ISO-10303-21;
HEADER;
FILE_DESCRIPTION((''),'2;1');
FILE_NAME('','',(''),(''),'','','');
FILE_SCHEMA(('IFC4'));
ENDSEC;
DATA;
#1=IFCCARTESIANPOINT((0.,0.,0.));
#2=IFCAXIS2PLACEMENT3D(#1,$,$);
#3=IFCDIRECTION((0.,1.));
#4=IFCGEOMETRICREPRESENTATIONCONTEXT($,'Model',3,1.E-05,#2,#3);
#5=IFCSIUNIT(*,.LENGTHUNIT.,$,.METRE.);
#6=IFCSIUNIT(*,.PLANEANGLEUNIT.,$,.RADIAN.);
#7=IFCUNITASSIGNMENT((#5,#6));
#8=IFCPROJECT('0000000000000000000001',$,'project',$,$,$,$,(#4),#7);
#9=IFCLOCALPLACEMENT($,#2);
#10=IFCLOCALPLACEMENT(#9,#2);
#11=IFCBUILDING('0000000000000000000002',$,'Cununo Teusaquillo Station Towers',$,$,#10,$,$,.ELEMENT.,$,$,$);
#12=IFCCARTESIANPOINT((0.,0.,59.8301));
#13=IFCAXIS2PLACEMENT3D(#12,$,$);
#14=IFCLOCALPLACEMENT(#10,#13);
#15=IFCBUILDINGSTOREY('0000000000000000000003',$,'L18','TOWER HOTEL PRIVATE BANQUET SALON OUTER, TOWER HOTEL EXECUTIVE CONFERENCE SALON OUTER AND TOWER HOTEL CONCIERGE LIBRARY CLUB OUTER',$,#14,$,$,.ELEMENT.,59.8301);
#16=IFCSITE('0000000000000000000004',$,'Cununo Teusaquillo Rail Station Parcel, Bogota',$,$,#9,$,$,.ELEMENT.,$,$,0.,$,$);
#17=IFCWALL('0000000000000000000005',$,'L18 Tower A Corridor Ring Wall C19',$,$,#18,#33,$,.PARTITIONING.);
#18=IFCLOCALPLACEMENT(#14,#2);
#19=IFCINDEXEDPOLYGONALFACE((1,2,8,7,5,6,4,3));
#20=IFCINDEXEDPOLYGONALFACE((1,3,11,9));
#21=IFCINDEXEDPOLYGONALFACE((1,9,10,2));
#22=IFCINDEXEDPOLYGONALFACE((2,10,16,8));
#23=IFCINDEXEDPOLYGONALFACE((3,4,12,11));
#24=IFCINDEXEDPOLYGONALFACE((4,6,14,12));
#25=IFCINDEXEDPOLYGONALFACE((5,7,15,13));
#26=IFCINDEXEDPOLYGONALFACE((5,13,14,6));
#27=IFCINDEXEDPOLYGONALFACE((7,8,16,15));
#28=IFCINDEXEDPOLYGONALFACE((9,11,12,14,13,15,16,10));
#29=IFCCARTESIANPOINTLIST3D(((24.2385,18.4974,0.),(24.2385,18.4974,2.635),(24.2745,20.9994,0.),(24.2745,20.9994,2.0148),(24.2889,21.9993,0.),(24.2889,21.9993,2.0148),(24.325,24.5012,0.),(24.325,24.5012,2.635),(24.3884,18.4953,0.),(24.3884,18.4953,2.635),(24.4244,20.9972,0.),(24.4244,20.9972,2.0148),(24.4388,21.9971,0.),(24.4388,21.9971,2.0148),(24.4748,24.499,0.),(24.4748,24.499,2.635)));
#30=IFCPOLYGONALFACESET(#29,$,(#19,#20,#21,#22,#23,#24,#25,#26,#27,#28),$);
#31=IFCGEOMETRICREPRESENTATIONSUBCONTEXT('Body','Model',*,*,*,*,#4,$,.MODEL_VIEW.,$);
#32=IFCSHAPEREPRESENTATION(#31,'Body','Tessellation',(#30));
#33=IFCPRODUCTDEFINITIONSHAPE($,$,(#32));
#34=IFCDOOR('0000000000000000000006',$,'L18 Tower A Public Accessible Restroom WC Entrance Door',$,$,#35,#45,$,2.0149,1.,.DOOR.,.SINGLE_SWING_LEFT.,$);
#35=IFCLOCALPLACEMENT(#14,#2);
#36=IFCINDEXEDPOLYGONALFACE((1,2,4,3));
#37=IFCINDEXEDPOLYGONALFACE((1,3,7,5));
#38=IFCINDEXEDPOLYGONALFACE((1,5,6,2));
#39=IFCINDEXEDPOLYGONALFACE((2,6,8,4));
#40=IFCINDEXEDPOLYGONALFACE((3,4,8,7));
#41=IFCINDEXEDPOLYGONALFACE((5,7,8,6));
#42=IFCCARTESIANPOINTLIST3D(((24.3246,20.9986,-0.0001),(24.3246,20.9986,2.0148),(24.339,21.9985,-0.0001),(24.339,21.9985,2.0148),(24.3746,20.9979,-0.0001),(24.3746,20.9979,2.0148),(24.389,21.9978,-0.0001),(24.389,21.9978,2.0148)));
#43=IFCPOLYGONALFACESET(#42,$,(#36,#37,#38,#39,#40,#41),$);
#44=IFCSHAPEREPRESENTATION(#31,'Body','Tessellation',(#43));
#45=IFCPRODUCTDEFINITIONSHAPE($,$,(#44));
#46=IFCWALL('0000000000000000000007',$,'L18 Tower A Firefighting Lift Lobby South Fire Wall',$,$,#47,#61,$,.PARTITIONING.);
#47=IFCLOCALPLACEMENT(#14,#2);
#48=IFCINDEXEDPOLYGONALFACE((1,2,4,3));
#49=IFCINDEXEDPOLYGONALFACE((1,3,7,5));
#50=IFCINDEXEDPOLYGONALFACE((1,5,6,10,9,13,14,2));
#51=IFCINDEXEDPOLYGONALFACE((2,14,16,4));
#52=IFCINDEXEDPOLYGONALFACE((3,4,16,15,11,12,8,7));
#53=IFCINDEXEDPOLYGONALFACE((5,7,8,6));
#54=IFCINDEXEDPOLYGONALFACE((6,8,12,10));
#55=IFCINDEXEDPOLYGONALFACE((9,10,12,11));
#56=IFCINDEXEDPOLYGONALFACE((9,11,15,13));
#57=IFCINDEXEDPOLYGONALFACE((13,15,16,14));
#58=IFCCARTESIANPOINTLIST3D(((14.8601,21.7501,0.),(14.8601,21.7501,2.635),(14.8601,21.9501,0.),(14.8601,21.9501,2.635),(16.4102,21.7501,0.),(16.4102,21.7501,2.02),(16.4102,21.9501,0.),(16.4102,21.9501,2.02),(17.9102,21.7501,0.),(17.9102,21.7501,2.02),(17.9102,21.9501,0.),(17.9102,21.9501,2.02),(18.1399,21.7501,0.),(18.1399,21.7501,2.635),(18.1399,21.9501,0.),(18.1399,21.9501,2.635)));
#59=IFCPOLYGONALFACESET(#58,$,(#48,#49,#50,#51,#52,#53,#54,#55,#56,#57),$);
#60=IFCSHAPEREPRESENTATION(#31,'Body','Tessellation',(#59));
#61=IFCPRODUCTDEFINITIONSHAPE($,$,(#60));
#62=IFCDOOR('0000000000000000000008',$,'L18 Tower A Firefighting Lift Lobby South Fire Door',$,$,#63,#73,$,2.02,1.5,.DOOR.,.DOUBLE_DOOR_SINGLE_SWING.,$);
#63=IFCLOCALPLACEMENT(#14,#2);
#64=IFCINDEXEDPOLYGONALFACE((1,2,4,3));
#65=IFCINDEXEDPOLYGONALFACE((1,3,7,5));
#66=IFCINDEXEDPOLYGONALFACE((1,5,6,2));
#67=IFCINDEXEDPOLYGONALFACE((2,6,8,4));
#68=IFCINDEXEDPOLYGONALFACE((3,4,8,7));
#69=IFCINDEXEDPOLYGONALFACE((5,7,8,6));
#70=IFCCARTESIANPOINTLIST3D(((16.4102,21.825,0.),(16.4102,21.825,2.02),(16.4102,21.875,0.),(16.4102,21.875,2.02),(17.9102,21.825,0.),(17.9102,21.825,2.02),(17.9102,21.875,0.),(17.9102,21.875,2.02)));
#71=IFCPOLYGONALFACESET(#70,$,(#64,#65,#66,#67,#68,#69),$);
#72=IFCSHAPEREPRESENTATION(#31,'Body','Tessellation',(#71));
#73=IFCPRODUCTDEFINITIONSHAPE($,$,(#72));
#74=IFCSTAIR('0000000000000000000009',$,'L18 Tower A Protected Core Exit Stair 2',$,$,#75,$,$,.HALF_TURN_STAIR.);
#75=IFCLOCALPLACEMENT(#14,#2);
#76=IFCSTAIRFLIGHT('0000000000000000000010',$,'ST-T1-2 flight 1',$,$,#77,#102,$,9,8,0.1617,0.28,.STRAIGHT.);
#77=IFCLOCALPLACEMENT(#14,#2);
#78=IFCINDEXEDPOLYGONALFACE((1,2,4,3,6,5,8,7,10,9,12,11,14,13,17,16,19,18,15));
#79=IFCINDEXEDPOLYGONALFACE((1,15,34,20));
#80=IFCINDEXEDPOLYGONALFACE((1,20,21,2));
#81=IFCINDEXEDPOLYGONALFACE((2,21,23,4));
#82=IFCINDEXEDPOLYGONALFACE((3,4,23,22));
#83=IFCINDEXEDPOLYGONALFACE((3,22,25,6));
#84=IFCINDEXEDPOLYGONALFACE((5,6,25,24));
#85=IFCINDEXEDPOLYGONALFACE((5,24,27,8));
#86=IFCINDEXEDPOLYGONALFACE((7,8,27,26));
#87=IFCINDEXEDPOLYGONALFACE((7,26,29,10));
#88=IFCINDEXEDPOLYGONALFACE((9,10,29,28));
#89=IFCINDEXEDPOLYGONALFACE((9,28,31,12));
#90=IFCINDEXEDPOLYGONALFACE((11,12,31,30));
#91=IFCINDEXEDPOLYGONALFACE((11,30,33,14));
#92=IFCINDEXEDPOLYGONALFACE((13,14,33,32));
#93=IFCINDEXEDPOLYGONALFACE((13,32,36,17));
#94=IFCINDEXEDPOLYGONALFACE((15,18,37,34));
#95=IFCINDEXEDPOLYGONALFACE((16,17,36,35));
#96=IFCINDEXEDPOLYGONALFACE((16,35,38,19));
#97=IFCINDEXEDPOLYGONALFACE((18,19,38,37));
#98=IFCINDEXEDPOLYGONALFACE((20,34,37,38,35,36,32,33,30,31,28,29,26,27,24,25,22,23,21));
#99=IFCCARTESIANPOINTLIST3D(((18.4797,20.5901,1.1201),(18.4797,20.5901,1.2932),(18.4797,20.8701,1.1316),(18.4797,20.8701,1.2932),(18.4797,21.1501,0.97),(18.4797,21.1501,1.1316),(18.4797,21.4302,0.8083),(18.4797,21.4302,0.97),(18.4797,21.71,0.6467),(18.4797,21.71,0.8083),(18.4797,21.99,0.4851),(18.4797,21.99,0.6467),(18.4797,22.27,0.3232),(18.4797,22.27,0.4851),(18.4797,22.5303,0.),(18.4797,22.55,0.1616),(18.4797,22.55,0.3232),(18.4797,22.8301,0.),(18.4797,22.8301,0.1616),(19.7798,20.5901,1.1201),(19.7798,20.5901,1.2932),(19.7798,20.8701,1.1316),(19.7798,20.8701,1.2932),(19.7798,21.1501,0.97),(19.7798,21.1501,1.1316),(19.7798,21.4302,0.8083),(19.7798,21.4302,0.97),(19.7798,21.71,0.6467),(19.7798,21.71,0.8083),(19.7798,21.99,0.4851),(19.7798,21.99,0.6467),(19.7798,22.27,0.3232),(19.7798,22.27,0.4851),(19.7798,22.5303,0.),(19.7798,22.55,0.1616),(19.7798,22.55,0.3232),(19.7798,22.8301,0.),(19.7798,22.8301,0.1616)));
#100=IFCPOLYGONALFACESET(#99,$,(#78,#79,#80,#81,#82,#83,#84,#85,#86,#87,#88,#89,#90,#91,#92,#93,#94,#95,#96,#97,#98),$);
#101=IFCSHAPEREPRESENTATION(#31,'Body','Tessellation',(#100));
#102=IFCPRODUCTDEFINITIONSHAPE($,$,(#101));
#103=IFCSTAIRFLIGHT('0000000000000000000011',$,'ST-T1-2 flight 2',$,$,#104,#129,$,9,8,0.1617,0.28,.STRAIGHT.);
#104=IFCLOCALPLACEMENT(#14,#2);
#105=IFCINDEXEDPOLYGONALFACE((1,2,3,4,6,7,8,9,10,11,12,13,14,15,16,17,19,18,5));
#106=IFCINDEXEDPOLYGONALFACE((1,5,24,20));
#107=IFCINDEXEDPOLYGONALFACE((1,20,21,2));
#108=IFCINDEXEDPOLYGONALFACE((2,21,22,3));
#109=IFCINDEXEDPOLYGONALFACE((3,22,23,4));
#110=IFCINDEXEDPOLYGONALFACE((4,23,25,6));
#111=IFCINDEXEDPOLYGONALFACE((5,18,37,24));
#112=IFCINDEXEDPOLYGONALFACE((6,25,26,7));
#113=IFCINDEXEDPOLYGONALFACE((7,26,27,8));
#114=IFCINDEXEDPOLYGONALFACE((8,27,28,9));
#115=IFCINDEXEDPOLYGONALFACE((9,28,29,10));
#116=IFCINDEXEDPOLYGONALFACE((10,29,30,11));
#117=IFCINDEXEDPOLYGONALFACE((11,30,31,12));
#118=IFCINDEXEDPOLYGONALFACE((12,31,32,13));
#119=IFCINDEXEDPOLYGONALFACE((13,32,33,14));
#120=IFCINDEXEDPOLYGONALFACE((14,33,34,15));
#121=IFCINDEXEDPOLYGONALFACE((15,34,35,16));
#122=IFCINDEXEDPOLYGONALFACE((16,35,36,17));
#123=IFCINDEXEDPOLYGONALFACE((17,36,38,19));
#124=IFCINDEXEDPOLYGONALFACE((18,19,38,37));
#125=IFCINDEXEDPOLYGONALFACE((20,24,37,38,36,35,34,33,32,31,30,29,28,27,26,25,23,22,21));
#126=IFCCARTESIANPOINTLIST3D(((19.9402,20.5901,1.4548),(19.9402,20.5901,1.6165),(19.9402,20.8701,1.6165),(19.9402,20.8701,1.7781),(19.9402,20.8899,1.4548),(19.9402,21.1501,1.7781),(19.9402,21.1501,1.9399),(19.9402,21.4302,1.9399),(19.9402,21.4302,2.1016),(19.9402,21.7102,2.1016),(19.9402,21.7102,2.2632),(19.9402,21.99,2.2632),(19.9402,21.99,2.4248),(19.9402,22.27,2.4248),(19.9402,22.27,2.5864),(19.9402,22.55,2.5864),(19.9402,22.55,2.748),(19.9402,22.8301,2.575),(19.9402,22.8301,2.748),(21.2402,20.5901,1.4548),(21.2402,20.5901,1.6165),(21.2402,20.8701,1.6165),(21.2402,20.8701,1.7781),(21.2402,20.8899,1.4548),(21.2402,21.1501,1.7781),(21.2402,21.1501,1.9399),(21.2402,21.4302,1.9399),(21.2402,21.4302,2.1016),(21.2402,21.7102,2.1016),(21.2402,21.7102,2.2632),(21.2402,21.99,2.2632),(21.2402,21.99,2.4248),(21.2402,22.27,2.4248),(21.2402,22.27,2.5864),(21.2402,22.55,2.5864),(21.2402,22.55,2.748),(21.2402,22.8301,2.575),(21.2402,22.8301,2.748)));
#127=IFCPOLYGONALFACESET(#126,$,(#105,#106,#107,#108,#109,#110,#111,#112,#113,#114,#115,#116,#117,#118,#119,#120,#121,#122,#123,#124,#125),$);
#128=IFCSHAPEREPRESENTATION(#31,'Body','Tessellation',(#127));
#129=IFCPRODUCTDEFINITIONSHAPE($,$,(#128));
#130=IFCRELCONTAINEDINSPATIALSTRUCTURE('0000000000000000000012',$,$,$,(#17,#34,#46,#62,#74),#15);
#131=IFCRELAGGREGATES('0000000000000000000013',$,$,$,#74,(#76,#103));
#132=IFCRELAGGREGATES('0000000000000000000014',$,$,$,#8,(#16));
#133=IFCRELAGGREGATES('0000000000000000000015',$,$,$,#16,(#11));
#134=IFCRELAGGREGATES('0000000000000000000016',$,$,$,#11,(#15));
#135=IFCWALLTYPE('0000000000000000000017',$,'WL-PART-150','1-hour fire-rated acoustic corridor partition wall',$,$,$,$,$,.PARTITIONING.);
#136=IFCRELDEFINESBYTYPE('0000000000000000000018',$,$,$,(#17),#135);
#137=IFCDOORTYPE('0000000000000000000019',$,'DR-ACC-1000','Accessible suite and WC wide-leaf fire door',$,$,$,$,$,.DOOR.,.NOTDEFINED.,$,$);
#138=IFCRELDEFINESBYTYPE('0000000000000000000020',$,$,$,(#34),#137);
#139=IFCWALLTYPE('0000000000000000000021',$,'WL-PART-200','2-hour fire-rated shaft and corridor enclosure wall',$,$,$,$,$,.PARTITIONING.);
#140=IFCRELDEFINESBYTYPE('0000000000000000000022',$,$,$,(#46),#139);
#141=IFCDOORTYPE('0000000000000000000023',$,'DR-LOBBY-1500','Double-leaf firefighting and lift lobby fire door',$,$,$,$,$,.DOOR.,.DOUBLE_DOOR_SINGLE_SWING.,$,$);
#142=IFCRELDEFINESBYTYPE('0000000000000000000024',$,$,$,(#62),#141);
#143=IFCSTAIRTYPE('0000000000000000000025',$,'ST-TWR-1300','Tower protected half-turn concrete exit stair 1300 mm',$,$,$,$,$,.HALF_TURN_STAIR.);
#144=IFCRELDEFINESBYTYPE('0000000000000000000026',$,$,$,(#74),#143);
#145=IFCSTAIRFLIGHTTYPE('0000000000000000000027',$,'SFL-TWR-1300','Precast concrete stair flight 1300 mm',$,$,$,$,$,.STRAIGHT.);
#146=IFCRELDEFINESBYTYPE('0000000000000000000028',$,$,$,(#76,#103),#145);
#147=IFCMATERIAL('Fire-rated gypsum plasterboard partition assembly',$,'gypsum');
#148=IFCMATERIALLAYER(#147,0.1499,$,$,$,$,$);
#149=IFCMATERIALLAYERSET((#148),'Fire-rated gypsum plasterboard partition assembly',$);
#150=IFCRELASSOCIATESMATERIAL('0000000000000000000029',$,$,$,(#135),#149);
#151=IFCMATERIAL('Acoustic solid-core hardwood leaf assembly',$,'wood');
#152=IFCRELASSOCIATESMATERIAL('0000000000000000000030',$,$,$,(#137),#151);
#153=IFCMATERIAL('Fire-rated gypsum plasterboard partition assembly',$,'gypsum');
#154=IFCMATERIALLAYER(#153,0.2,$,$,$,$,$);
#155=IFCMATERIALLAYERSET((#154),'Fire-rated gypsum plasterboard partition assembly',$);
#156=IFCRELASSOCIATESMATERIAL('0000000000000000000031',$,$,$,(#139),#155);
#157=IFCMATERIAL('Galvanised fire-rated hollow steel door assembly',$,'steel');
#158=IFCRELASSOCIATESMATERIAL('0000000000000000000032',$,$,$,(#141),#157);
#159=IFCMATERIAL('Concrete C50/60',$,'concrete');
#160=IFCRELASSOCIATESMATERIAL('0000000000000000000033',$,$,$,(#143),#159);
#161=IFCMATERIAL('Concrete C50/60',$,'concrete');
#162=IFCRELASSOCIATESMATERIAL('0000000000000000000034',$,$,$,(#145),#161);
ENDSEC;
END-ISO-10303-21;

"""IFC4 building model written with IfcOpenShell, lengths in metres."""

from ifc_helpers import new_model, si_unit, direction, frame, frame_2d, origin, place, context, subcontext, project, spatial, polyline, rectangle, outline, extrude, source, transform, mapped, material, layer, layer_set, type_object, element, fill, aggregate, save


model = new_model("IFC4")

# Units and contexts
model_context = context("Model", 3, precision=1e-05, world=origin(), true_north=direction((0.0, 1.0)))
body_context = subcontext(model_context, "Body", "Model", "MODEL_VIEW")
ifc_project = project(units=[si_unit("LENGTHUNIT", "METRE"), si_unit("PLANEANGLEUNIT", "RADIAN")], contexts=[model_context])

# Site, building, storey
site_placement = place(None, origin())
site = spatial("IfcSite", under=ifc_project, at=site_placement, Name="Cununo Teusaquillo Rail Station Parcel, Bogota", CompositionType="ELEMENT", RefElevation=0.0)
building_placement = place(site_placement, origin())
building = spatial("IfcBuilding", under=site, at=building_placement, Name="Cununo Teusaquillo Station Towers", CompositionType="ELEMENT")
storey_placement = place(building_placement, frame((0.0, 0.0, 59.8301)))
storey = spatial("IfcBuildingStorey", under=building, at=storey_placement, Name="L18", Description="TOWER HOTEL PRIVATE BANQUET SALON OUTER, TOWER HOTEL EXECUTIVE CONFERENCE SALON OUTER AND TOWER HOTEL CONCIERGE LIBRARY CLUB OUTER", CompositionType="ELEMENT", Elevation=59.8301)

# Walls, openings, doors
ifc_material_1 = material(Name="Fire-rated gypsum plasterboard partition assembly", Category="gypsum")
ifc_layer_1 = layer(ifc_material_1, 0.1499)
ifc_layer_set_1 = layer_set([ifc_layer_1], Name="Fire-rated gypsum plasterboard partition assembly")
wall_type_1 = type_object("IfcWallType", Name="WL-PART-150", Description="1-hour fire-rated acoustic corridor partition wall", PredefinedType="PARTITIONING", material=ifc_layer_set_1)
wall_1_placement = place(storey_placement, frame((24.3135, 18.4963, 0.0), z_axis=(0.0, 0.0, 1.0), x_axis=(0.014394, 0.999896, 0.0)))
wall_1 = element("IfcWall", 1, at=wall_1_placement, inside=storey, type_object=wall_type_1, Name="L18 Tower A Corridor Ring Wall C19", PredefinedType="PARTITIONING", context=body_context, shape_type="SweptSolid", body=[
    extrude(rectangle(XDim=6.0044, YDim=0.1499, at=frame_2d((3.0022, 0.0))), origin(), (0.0, 0.0, 1.0), 2.635),
])
shared_shape_1 = source(origin(), body_context, "Body", "SweptSolid", [
    extrude(rectangle(XDim=1.0, YDim=2.0149, at=frame_2d((0.5, 1.0073))), frame((0.0, 0.085, 0.0), z_axis=(0.0, -1.0, 0.0), x_axis=(1.0, 0.0, 0.0)), (0.0, 0.0, 1.0), 0.1699),
])
opening_1_placement = place(wall_1_placement, frame((2.5022, 0.0, 0.0)))
opening_1 = element("IfcOpeningElement", 2, at=opening_1_placement, cuts=wall_1, PredefinedType="OPENING", context=body_context, shape_type="MappedRepresentation", body=[
    mapped(shared_shape_1, transform((0.0, 0.0, 0.0), x_axis=(1.0, 0.0, 0.0), y_axis=(0.0, 1.0, 0.0), z_axis=(0.0, 0.0, 1.0), scale=1.0)),
])
ifc_material_2 = material(Name="Acoustic solid-core hardwood leaf assembly", Category="wood")
door_type_1 = type_object("IfcDoorType", Name="DR-ACC-1000", Description="Accessible suite and WC wide-leaf fire door", OperationType="NOTDEFINED", PredefinedType="DOOR", material=ifc_material_2)
shared_shape_2 = source(origin(), body_context, "Body", "SweptSolid", [
    extrude(rectangle(XDim=1.0, YDim=2.0149, at=frame_2d((0.5, 1.0073))), frame((0.0, 0.0249, 0.0), z_axis=(0.0, -1.0, 0.0), x_axis=(1.0, 0.0, 0.0)), (0.0, 0.0, 1.0), 0.05),
])
door_1_placement = place(opening_1_placement, origin())
door_1 = element("IfcDoor", 3, at=door_1_placement, inside=storey, type_object=door_type_1, Name="L18 Tower A Public Accessible Restroom WC Entrance Door", OperationType="SINGLE_SWING_LEFT", OverallHeight=2.0149, OverallWidth=1.0, PredefinedType="DOOR", context=body_context, shape_type="MappedRepresentation", body=[
    mapped(shared_shape_2, transform((0.0, 0.0, 0.0), x_axis=(1.0, 0.0, 0.0), y_axis=(0.0, 1.0, 0.0), z_axis=(0.0, 0.0, 1.0), scale=1.0)),
])
fill(opening_1, door_1)
ifc_material_3 = material(Name="Fire-rated gypsum plasterboard partition assembly", Category="gypsum")
ifc_layer_2 = layer(ifc_material_3, 0.2)
ifc_layer_set_2 = layer_set([ifc_layer_2], Name="Fire-rated gypsum plasterboard partition assembly")
wall_type_2 = type_object("IfcWallType", Name="WL-PART-200", Description="2-hour fire-rated shaft and corridor enclosure wall", PredefinedType="PARTITIONING", material=ifc_layer_set_2)
wall_2_placement = place(storey_placement, frame((14.8601, 21.8501, 0.0), z_axis=(0.0, 0.0, 1.0), x_axis=(1.0, 0.0, 0.0)))
wall_2 = element("IfcWall", 4, at=wall_2_placement, inside=storey, type_object=wall_type_2, Name="L18 Tower A Firefighting Lift Lobby South Fire Wall", PredefinedType="PARTITIONING", context=body_context, shape_type="SweptSolid", body=[
    extrude(rectangle(XDim=3.2798, YDim=0.2, at=frame_2d((1.6399, 0.0))), origin(), (0.0, 0.0, 1.0), 2.635),
])
shared_shape_3 = source(origin(), body_context, "Body", "SweptSolid", [
    extrude(rectangle(XDim=1.5, YDim=2.02, at=frame_2d((0.75, 1.01))), frame((0.0, 0.1099, 0.0), z_axis=(0.0, -1.0, 0.0), x_axis=(1.0, 0.0, 0.0)), (0.0, 0.0, 1.0), 0.22),
])
opening_2_placement = place(wall_2_placement, frame((1.55, 0.0, 0.0)))
opening_2 = element("IfcOpeningElement", 5, at=opening_2_placement, cuts=wall_2, PredefinedType="OPENING", context=body_context, shape_type="MappedRepresentation", body=[
    mapped(shared_shape_3, transform((0.0, 0.0, 0.0), x_axis=(1.0, 0.0, 0.0), y_axis=(0.0, 1.0, 0.0), z_axis=(0.0, 0.0, 1.0), scale=1.0)),
])
ifc_material_4 = material(Name="Galvanised fire-rated hollow steel door assembly", Category="steel")
door_type_2 = type_object("IfcDoorType", Name="DR-LOBBY-1500", Description="Double-leaf firefighting and lift lobby fire door", OperationType="DOUBLE_DOOR_SINGLE_SWING", PredefinedType="DOOR", material=ifc_material_4)
shared_shape_4 = source(origin(), body_context, "Body", "SweptSolid", [
    extrude(rectangle(XDim=1.5, YDim=2.02, at=frame_2d((0.75, 1.01))), frame((0.0, 0.0249, 0.0), z_axis=(0.0, -1.0, 0.0), x_axis=(1.0, 0.0, 0.0)), (0.0, 0.0, 1.0), 0.05),
])
door_2_placement = place(opening_2_placement, origin())
door_2 = element("IfcDoor", 6, at=door_2_placement, inside=storey, type_object=door_type_2, Name="L18 Tower A Firefighting Lift Lobby South Fire Door", OperationType="DOUBLE_DOOR_SINGLE_SWING", OverallHeight=2.02, OverallWidth=1.5, PredefinedType="DOOR", context=body_context, shape_type="MappedRepresentation", body=[
    mapped(shared_shape_4, transform((0.0, 0.0, 0.0), x_axis=(1.0, 0.0, 0.0), y_axis=(0.0, 1.0, 0.0), z_axis=(0.0, 0.0, 1.0), scale=1.0)),
])
fill(opening_2, door_2)

# Stair, stair flights
ifc_material_5 = material(Name="Concrete C50/60", Category="concrete")
stair_type = type_object("IfcStairType", Name="ST-TWR-1300", Description="Tower protected half-turn concrete exit stair 1300 mm", PredefinedType="HALF_TURN_STAIR", material=ifc_material_5)
stair_placement = place(storey_placement, origin())
stair = element("IfcStair", 7, at=stair_placement, inside=storey, type_object=stair_type, Name="L18 Tower A Protected Core Exit Stair 2", PredefinedType="HALF_TURN_STAIR")
ifc_material_6 = material(Name="Concrete C50/60", Category="concrete")
stair_flight_type = type_object("IfcStairFlightType", Name="SFL-TWR-1300", Description="Precast concrete stair flight 1300 mm", PredefinedType="STRAIGHT", material=ifc_material_6)
stair_flight_1_placement = place(storey_placement, frame((19.1299, 22.8301, 0.0), z_axis=(0.0, 0.0, 1.0), x_axis=(0.0, -1.0, 0.0)))
stair_flight_1 = element("IfcStairFlight", 8, at=stair_flight_1_placement, type_object=stair_flight_type, Name="ST-T1-2 flight 1", NumberOfRisers=9, NumberOfTreads=8, PredefinedType="STRAIGHT", RiserHeight=0.1617, TreadLength=0.28, context=body_context, shape_type="SweptSolid", body=[
    extrude(outline(polyline([(0.0, 0.0), (0.0, 0.1616), (0.28, 0.1616), (0.28, 0.3232), (0.5601, 0.3232), (0.5601, 0.4851), (0.8401, 0.4851), (0.8401, 0.6467), (1.1201, 0.6467), (1.1201, 0.8083), (1.3999, 0.8083), (1.3999, 0.97), (1.6799, 0.97), (1.6799, 1.1316), (1.96, 1.1316), (1.96, 1.2932), (2.24, 1.2932), (2.24, 1.4551), (2.24, 1.1201), (0.2998, 0.0), (0.0, 0.0)])), frame((0.0, 0.6499, 0.0), z_axis=(0.0, -1.0, 0.0), x_axis=(1.0, 0.0, 0.0)), (0.0, 0.0, 1.0), 1.3),
])
stair_flight_2_placement = place(storey_placement, frame((20.5901, 20.5901, 1.4548), z_axis=(0.0, 0.0, 1.0), x_axis=(0.0, 1.0, 0.0)))
stair_flight_2 = element("IfcStairFlight", 9, at=stair_flight_2_placement, type_object=stair_flight_type, Name="ST-T1-2 flight 2", NumberOfRisers=9, NumberOfTreads=8, PredefinedType="STRAIGHT", RiserHeight=0.1617, TreadLength=0.28, context=body_context, shape_type="SweptSolid", body=[
    extrude(outline(polyline([(0.0, 0.0), (0.0, 0.1616), (0.28, 0.1616), (0.28, 0.3232), (0.5601, 0.3232), (0.5601, 0.4851), (0.8401, 0.4851), (0.8401, 0.6467), (1.1201, 0.6467), (1.1201, 0.8083), (1.3999, 0.8083), (1.3999, 0.97), (1.6799, 0.97), (1.6799, 1.1316), (1.96, 1.1316), (1.96, 1.2932), (2.24, 1.2932), (2.24, 1.4551), (2.24, 1.1201), (0.2998, 0.0), (0.0, 0.0)])), frame((0.0, 0.6499, 0.0), z_axis=(0.0, -1.0, 0.0), x_axis=(1.0, 0.0, 0.0)), (0.0, 0.0, 1.0), 1.3),
])
aggregate(stair, [stair_flight_1, stair_flight_2])

save(model, "model.ifc")
